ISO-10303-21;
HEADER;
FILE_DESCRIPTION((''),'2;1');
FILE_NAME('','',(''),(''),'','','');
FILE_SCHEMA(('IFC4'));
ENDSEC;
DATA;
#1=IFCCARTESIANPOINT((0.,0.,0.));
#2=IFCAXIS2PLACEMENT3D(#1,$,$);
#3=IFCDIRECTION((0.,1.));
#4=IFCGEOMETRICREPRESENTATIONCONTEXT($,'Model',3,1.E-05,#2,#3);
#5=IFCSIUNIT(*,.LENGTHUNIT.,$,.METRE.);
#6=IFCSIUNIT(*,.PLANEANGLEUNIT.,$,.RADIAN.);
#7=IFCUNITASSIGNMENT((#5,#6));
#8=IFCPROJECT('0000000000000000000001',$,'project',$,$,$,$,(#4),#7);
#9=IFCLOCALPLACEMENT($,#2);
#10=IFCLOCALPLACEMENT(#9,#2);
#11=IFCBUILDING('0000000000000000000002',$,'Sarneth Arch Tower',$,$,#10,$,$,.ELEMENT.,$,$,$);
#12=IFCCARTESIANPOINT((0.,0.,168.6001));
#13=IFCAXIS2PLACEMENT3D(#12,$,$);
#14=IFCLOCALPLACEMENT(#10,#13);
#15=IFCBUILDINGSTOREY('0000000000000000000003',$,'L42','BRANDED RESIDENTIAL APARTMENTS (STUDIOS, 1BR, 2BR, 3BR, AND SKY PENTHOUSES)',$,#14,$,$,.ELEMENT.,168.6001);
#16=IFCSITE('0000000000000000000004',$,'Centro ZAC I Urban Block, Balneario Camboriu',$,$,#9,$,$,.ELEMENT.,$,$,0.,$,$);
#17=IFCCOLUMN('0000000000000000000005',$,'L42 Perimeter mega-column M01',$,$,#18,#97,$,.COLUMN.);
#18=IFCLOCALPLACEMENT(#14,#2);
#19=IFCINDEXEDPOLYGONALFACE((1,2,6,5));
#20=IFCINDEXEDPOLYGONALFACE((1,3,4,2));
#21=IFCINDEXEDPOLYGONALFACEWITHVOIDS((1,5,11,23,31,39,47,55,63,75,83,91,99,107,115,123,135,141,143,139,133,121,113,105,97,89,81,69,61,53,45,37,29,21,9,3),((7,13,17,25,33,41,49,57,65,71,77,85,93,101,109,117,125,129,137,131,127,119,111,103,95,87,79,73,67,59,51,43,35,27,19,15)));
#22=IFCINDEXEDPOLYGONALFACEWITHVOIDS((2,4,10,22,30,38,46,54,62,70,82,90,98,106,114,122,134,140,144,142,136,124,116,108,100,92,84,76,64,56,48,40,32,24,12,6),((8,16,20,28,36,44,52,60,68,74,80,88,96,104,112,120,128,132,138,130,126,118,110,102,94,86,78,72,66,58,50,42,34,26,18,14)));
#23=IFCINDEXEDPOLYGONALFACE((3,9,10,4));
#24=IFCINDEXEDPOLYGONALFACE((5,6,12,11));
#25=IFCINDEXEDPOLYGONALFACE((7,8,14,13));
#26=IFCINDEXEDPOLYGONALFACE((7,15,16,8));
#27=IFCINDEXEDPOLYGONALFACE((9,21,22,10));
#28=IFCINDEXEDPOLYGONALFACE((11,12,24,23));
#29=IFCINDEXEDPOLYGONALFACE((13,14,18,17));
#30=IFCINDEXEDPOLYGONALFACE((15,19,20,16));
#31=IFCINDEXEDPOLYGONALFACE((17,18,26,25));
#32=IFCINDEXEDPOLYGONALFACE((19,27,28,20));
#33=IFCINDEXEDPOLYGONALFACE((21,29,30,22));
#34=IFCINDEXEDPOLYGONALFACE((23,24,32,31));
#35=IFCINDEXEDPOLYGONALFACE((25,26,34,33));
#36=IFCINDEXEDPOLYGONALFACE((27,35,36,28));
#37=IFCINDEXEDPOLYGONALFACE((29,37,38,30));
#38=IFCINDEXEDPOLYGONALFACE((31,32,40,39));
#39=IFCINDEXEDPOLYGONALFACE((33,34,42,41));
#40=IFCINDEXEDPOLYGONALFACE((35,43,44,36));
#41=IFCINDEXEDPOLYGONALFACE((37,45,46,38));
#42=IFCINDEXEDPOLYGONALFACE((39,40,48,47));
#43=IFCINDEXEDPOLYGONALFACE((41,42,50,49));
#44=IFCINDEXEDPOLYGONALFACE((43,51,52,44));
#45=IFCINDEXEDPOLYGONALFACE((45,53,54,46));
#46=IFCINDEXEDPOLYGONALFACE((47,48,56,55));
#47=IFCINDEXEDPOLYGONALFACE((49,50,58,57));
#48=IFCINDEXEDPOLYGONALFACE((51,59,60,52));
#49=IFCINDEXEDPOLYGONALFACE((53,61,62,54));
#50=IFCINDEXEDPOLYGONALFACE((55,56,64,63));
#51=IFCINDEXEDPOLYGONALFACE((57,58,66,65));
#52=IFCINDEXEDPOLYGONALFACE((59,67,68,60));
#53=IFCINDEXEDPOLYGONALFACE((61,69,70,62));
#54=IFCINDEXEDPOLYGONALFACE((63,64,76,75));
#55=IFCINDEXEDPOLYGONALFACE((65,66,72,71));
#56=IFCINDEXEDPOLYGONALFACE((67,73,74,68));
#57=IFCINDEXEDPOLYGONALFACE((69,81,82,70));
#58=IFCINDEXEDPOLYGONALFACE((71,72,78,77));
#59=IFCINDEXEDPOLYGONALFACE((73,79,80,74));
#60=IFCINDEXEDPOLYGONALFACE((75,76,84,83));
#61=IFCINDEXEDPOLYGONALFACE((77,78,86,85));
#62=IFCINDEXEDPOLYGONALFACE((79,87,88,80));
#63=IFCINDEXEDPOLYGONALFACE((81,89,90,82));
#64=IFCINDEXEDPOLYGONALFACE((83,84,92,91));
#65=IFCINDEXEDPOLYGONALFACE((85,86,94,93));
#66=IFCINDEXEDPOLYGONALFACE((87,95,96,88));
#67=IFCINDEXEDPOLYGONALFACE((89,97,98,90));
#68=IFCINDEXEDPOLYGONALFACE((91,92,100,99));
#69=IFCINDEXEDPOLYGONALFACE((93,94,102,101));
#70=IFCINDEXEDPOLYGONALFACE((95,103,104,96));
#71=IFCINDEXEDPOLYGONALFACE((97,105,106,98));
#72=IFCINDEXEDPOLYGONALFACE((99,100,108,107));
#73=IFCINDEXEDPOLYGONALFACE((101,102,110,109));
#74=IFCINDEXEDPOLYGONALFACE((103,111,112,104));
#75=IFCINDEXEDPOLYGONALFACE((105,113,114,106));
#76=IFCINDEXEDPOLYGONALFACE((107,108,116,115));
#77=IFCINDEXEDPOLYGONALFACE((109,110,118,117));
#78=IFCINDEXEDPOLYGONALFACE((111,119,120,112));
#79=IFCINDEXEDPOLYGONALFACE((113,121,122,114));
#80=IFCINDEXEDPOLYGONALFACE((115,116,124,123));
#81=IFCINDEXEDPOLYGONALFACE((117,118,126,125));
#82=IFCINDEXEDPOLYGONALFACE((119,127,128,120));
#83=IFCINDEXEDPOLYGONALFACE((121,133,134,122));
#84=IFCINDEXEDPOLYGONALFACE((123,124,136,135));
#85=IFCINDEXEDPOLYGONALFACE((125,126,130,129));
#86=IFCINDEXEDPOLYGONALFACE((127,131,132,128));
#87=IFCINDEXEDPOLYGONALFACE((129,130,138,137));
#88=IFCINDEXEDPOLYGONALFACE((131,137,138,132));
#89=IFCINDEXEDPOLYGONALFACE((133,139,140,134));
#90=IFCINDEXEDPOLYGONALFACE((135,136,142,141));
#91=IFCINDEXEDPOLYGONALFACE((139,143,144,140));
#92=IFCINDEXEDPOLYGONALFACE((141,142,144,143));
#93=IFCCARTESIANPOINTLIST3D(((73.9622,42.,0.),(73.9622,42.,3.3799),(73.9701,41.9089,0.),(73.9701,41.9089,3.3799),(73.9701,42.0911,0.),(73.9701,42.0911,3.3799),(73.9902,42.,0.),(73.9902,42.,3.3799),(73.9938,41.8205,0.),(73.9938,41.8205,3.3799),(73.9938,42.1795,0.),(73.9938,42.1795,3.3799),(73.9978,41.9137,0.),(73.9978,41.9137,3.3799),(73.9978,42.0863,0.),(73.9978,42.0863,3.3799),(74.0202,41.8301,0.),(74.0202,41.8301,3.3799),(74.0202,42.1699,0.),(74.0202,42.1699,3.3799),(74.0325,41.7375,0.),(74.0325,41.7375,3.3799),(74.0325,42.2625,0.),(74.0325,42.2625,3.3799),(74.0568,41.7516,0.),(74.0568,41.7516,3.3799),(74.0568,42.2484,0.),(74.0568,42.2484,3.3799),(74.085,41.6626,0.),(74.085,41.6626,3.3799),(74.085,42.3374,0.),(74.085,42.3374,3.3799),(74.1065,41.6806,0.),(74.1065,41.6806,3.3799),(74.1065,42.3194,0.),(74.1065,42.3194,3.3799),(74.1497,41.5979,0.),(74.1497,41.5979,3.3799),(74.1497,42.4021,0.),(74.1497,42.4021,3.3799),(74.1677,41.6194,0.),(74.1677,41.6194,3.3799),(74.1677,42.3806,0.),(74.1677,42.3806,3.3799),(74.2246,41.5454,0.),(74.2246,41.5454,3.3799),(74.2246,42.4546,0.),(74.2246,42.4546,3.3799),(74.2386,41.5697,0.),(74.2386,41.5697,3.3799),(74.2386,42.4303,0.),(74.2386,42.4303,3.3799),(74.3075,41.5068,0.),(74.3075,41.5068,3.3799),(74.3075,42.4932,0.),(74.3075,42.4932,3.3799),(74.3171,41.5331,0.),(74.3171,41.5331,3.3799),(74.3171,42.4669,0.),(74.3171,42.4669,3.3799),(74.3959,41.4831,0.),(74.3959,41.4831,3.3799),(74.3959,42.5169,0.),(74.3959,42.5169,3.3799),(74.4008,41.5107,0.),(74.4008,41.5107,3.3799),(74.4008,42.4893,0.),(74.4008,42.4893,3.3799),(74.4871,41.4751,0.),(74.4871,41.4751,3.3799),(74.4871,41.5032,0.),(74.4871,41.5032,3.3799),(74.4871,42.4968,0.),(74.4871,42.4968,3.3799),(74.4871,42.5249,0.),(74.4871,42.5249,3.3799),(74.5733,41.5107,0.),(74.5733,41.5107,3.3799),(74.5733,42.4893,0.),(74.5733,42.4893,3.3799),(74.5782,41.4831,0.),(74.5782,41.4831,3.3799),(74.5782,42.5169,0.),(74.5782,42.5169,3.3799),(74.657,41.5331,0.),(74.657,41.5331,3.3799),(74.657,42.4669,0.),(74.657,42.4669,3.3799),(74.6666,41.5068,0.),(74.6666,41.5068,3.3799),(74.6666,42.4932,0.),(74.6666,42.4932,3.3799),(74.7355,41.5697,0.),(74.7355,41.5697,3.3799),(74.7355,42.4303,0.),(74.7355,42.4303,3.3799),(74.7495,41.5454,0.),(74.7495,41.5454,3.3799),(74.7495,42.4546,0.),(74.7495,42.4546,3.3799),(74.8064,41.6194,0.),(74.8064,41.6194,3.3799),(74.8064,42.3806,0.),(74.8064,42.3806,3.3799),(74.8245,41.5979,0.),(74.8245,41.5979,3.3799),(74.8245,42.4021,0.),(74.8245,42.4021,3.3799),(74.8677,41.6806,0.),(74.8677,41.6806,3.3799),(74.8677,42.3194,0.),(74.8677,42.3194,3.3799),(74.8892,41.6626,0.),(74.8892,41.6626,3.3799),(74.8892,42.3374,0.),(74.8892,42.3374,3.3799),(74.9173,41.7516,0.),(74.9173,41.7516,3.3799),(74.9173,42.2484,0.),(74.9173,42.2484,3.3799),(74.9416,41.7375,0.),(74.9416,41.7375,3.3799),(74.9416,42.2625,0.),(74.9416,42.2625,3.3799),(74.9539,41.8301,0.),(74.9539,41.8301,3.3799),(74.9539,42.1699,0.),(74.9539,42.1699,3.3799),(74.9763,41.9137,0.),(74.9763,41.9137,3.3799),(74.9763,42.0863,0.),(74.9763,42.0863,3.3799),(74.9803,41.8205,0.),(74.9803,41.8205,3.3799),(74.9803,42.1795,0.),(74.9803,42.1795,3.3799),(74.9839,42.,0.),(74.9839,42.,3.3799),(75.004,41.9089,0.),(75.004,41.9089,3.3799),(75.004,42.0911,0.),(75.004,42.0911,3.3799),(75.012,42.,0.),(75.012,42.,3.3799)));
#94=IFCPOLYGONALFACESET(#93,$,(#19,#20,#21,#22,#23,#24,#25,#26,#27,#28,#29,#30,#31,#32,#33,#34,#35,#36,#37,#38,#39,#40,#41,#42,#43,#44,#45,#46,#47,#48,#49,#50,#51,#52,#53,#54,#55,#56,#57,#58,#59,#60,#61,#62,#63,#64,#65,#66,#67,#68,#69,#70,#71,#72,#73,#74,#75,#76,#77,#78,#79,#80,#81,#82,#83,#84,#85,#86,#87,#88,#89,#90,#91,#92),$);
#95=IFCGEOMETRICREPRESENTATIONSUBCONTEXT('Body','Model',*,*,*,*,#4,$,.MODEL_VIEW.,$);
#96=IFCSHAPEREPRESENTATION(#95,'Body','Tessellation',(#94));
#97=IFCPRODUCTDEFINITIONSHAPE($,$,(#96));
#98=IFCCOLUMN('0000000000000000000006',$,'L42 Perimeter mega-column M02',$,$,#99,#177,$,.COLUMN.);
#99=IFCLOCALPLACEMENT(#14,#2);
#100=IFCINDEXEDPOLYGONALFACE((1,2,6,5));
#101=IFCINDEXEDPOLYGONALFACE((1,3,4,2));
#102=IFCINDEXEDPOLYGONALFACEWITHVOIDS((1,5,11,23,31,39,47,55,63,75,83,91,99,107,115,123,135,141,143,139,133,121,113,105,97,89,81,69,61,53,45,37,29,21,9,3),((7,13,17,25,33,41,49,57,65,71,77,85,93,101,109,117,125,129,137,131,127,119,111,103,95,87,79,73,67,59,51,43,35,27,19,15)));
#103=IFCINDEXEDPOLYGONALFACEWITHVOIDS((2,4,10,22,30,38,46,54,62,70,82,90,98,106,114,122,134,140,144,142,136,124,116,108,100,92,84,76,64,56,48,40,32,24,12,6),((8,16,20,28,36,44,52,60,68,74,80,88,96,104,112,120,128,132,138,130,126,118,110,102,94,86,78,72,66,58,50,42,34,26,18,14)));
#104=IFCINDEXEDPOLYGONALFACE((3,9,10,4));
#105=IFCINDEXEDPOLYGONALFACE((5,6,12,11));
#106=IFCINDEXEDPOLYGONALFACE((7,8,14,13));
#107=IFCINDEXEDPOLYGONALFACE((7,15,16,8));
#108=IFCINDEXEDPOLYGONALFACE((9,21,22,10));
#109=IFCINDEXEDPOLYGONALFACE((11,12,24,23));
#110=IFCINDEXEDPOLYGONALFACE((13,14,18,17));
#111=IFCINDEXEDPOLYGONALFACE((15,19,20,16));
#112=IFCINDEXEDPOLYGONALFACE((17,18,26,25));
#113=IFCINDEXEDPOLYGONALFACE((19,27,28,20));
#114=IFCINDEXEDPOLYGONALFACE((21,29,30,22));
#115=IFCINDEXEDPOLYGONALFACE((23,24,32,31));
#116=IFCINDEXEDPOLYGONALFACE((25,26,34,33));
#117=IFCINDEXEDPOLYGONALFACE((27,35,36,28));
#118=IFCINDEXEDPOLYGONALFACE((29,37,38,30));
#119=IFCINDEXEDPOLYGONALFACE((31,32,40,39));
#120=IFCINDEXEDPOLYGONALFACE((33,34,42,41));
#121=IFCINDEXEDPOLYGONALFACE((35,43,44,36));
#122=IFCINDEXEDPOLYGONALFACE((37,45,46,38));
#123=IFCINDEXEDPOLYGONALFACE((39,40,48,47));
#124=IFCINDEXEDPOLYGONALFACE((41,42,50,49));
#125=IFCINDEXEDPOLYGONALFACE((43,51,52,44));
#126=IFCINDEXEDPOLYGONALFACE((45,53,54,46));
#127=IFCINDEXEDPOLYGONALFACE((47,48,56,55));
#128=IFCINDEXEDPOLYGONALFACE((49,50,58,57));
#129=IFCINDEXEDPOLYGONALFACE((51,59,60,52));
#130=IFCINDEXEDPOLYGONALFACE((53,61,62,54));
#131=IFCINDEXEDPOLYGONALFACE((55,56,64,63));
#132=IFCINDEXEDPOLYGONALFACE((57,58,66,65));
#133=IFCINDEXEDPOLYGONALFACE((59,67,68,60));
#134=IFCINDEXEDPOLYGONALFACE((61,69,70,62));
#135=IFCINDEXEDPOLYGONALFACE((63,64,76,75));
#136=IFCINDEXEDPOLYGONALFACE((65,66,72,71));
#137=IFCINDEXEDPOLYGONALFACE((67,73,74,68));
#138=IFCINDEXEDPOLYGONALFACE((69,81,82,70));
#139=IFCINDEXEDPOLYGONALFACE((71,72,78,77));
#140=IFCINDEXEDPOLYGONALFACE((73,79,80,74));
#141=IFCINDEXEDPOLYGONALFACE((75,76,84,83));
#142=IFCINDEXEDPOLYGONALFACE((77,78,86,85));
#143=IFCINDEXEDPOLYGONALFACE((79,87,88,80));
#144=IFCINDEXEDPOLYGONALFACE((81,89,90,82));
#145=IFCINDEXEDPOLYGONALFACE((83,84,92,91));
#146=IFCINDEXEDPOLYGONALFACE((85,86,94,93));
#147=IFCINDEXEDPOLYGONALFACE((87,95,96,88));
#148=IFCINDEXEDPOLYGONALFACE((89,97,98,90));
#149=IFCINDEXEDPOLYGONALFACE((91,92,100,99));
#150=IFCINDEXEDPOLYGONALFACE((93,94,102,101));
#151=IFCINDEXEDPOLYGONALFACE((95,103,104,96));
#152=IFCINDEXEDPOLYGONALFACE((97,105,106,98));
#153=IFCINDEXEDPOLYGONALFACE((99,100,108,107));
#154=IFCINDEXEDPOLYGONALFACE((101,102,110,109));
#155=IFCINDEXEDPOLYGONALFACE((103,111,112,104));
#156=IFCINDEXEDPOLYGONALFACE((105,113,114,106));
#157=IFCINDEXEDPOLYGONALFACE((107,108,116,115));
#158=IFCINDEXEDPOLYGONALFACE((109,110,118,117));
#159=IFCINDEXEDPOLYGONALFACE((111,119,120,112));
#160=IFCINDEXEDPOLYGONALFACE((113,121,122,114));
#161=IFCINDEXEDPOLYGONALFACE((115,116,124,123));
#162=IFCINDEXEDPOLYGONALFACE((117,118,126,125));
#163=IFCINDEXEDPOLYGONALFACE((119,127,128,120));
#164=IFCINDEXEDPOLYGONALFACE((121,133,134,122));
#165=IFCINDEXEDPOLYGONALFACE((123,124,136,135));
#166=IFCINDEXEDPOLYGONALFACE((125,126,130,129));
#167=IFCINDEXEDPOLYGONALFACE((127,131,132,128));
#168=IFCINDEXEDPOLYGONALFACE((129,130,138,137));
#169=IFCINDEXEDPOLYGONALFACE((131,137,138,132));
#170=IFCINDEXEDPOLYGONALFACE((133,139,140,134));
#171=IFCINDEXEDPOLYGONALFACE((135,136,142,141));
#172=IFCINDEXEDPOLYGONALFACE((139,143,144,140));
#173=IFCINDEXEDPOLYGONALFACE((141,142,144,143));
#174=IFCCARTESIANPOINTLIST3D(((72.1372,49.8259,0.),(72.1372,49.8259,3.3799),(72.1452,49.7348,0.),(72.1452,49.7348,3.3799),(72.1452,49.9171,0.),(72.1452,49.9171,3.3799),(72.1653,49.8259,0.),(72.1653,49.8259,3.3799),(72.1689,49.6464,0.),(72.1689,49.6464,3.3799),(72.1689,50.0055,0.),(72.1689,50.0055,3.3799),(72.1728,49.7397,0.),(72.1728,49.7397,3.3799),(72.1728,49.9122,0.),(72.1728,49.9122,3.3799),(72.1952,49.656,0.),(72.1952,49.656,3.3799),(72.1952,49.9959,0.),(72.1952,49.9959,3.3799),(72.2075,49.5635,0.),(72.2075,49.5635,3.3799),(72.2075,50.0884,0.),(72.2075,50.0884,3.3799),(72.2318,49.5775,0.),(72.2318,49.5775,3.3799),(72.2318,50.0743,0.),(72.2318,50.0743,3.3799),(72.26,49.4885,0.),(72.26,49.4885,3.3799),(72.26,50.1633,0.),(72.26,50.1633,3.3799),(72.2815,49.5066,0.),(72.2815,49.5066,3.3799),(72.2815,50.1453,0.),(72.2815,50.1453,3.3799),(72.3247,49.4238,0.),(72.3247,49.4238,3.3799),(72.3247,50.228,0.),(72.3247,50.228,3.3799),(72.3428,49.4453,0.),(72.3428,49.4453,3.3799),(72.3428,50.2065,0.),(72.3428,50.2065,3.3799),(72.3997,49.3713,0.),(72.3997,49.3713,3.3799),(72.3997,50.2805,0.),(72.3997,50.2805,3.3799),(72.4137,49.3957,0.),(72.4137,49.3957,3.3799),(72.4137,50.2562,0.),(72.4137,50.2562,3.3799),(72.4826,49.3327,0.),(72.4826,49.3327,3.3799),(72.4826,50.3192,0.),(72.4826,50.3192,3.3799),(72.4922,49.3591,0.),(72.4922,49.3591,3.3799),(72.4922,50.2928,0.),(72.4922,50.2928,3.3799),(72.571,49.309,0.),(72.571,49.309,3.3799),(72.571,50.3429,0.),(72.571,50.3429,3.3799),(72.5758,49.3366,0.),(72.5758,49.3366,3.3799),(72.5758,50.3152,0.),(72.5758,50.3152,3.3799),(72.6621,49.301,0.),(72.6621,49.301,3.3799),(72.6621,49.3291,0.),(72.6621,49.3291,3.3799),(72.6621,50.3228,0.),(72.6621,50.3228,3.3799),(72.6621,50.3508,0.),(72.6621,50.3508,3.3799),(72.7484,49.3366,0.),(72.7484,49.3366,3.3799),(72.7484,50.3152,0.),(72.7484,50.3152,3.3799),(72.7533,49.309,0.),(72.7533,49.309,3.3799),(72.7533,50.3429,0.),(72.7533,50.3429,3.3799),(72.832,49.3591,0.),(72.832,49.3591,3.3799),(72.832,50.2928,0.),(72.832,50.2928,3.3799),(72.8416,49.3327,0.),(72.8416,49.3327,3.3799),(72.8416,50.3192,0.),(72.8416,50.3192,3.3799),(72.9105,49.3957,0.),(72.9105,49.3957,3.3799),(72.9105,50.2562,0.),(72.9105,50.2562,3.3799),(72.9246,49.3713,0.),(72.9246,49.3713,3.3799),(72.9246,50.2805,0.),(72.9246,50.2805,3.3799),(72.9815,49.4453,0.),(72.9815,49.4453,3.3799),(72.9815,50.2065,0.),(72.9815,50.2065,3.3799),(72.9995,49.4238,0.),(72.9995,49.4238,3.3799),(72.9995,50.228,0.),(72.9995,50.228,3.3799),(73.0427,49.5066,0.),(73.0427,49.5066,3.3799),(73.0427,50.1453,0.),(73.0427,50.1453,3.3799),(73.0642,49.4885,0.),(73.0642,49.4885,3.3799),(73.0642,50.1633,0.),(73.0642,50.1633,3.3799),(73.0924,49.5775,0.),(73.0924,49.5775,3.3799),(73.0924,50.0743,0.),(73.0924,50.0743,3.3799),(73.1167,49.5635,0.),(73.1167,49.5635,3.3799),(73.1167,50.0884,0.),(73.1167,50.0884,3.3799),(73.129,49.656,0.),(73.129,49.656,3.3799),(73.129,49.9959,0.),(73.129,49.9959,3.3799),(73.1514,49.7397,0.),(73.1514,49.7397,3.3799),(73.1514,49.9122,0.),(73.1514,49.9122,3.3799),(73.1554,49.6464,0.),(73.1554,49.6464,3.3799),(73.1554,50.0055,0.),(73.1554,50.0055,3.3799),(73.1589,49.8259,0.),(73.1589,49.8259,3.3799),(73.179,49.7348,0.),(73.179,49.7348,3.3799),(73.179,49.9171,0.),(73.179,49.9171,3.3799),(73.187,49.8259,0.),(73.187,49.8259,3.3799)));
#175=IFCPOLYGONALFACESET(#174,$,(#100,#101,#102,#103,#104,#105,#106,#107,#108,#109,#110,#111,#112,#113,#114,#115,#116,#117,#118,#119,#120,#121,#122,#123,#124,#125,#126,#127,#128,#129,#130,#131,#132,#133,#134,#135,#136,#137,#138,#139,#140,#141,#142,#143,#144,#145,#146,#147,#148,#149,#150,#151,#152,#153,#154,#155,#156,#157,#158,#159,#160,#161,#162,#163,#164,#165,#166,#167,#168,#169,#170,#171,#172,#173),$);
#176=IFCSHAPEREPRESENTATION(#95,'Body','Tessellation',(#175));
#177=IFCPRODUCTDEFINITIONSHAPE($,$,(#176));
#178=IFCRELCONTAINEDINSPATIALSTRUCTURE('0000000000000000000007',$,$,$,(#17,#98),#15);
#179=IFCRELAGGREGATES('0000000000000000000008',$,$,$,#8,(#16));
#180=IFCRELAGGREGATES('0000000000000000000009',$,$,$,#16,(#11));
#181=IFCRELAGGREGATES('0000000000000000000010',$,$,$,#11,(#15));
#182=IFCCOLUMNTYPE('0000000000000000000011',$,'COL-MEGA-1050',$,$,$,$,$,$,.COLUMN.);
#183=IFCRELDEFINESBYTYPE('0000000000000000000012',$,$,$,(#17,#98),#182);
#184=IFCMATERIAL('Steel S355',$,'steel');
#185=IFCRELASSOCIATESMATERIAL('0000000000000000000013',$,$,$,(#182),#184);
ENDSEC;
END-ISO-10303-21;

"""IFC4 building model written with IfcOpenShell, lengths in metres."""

from ifc_helpers import new_model, si_unit, direction, frame, origin, origin_2d, place, context, subcontext, project, spatial, hollow_circle, extrude, material, material_profile, profile_set, type_object, element, save


model = new_model("IFC4")

# Units and contexts
model_context = context("Model", 3, precision=1e-05, world=origin(), true_north=direction((0.0, 1.0)))
body_context = subcontext(model_context, "Body", "Model", "MODEL_VIEW")
ifc_project = project(units=[si_unit("LENGTHUNIT", "METRE"), si_unit("PLANEANGLEUNIT", "RADIAN")], contexts=[model_context])

# Site, building, storey
site_placement = place(None, origin())
site = spatial("IfcSite", under=ifc_project, at=site_placement, Name="Centro ZAC I Urban Block, Balneario Camboriu", CompositionType="ELEMENT", RefElevation=0.0)
building_placement = place(site_placement, origin())
building = spatial("IfcBuilding", under=site, at=building_placement, Name="Sarneth Arch Tower", CompositionType="ELEMENT")
storey_placement = place(building_placement, frame((0.0, 0.0, 168.6001)))
storey = spatial("IfcBuildingStorey", under=building, at=storey_placement, Name="L42", Description="BRANDED RESIDENTIAL APARTMENTS (STUDIOS, 1BR, 2BR, 3BR, AND SKY PENTHOUSES)", CompositionType="ELEMENT", Elevation=168.6001)

# Columns
ifc_material_1 = material(Name="Steel S355", Category="steel")
ifc_material_profile_1 = material_profile(ifc_material_1, hollow_circle(Radius=0.5249, WallThickness=0.0281, at=origin_2d()), Name="CHS1050x28")
ifc_profile_set_1 = profile_set([ifc_material_profile_1], Name="Steel S355")
column_type = type_object("IfcColumnType", Name="COL-MEGA-1050", PredefinedType="COLUMN", material=ifc_profile_set_1)
for number, where, z_axis, x_axis, name in (
    (1, (74.4871, 42.0, 0.0), (0.0, 0.0, 1.0), (1.0, 0.0, 0.0), "L42 Perimeter mega-column M01"),
    (2, (72.6621, 49.8259, 0.0), (0.0, 0.0, 1.0), (1.0, 0.0, 0.0), "L42 Perimeter mega-column M02"),
):
    element("IfcColumn", number, at=place(storey_placement, frame(where, z_axis=z_axis, x_axis=x_axis)), inside=storey, type_object=column_type, Name=name, PredefinedType="COLUMN", context=body_context, shape_type="SweptSolid", body=[
        extrude(hollow_circle(Radius=0.5249, WallThickness=0.0281, at=origin_2d()), origin(), (0.0, 0.0, 1.0), 3.3799),
    ])

save(model, "model.ifc")
